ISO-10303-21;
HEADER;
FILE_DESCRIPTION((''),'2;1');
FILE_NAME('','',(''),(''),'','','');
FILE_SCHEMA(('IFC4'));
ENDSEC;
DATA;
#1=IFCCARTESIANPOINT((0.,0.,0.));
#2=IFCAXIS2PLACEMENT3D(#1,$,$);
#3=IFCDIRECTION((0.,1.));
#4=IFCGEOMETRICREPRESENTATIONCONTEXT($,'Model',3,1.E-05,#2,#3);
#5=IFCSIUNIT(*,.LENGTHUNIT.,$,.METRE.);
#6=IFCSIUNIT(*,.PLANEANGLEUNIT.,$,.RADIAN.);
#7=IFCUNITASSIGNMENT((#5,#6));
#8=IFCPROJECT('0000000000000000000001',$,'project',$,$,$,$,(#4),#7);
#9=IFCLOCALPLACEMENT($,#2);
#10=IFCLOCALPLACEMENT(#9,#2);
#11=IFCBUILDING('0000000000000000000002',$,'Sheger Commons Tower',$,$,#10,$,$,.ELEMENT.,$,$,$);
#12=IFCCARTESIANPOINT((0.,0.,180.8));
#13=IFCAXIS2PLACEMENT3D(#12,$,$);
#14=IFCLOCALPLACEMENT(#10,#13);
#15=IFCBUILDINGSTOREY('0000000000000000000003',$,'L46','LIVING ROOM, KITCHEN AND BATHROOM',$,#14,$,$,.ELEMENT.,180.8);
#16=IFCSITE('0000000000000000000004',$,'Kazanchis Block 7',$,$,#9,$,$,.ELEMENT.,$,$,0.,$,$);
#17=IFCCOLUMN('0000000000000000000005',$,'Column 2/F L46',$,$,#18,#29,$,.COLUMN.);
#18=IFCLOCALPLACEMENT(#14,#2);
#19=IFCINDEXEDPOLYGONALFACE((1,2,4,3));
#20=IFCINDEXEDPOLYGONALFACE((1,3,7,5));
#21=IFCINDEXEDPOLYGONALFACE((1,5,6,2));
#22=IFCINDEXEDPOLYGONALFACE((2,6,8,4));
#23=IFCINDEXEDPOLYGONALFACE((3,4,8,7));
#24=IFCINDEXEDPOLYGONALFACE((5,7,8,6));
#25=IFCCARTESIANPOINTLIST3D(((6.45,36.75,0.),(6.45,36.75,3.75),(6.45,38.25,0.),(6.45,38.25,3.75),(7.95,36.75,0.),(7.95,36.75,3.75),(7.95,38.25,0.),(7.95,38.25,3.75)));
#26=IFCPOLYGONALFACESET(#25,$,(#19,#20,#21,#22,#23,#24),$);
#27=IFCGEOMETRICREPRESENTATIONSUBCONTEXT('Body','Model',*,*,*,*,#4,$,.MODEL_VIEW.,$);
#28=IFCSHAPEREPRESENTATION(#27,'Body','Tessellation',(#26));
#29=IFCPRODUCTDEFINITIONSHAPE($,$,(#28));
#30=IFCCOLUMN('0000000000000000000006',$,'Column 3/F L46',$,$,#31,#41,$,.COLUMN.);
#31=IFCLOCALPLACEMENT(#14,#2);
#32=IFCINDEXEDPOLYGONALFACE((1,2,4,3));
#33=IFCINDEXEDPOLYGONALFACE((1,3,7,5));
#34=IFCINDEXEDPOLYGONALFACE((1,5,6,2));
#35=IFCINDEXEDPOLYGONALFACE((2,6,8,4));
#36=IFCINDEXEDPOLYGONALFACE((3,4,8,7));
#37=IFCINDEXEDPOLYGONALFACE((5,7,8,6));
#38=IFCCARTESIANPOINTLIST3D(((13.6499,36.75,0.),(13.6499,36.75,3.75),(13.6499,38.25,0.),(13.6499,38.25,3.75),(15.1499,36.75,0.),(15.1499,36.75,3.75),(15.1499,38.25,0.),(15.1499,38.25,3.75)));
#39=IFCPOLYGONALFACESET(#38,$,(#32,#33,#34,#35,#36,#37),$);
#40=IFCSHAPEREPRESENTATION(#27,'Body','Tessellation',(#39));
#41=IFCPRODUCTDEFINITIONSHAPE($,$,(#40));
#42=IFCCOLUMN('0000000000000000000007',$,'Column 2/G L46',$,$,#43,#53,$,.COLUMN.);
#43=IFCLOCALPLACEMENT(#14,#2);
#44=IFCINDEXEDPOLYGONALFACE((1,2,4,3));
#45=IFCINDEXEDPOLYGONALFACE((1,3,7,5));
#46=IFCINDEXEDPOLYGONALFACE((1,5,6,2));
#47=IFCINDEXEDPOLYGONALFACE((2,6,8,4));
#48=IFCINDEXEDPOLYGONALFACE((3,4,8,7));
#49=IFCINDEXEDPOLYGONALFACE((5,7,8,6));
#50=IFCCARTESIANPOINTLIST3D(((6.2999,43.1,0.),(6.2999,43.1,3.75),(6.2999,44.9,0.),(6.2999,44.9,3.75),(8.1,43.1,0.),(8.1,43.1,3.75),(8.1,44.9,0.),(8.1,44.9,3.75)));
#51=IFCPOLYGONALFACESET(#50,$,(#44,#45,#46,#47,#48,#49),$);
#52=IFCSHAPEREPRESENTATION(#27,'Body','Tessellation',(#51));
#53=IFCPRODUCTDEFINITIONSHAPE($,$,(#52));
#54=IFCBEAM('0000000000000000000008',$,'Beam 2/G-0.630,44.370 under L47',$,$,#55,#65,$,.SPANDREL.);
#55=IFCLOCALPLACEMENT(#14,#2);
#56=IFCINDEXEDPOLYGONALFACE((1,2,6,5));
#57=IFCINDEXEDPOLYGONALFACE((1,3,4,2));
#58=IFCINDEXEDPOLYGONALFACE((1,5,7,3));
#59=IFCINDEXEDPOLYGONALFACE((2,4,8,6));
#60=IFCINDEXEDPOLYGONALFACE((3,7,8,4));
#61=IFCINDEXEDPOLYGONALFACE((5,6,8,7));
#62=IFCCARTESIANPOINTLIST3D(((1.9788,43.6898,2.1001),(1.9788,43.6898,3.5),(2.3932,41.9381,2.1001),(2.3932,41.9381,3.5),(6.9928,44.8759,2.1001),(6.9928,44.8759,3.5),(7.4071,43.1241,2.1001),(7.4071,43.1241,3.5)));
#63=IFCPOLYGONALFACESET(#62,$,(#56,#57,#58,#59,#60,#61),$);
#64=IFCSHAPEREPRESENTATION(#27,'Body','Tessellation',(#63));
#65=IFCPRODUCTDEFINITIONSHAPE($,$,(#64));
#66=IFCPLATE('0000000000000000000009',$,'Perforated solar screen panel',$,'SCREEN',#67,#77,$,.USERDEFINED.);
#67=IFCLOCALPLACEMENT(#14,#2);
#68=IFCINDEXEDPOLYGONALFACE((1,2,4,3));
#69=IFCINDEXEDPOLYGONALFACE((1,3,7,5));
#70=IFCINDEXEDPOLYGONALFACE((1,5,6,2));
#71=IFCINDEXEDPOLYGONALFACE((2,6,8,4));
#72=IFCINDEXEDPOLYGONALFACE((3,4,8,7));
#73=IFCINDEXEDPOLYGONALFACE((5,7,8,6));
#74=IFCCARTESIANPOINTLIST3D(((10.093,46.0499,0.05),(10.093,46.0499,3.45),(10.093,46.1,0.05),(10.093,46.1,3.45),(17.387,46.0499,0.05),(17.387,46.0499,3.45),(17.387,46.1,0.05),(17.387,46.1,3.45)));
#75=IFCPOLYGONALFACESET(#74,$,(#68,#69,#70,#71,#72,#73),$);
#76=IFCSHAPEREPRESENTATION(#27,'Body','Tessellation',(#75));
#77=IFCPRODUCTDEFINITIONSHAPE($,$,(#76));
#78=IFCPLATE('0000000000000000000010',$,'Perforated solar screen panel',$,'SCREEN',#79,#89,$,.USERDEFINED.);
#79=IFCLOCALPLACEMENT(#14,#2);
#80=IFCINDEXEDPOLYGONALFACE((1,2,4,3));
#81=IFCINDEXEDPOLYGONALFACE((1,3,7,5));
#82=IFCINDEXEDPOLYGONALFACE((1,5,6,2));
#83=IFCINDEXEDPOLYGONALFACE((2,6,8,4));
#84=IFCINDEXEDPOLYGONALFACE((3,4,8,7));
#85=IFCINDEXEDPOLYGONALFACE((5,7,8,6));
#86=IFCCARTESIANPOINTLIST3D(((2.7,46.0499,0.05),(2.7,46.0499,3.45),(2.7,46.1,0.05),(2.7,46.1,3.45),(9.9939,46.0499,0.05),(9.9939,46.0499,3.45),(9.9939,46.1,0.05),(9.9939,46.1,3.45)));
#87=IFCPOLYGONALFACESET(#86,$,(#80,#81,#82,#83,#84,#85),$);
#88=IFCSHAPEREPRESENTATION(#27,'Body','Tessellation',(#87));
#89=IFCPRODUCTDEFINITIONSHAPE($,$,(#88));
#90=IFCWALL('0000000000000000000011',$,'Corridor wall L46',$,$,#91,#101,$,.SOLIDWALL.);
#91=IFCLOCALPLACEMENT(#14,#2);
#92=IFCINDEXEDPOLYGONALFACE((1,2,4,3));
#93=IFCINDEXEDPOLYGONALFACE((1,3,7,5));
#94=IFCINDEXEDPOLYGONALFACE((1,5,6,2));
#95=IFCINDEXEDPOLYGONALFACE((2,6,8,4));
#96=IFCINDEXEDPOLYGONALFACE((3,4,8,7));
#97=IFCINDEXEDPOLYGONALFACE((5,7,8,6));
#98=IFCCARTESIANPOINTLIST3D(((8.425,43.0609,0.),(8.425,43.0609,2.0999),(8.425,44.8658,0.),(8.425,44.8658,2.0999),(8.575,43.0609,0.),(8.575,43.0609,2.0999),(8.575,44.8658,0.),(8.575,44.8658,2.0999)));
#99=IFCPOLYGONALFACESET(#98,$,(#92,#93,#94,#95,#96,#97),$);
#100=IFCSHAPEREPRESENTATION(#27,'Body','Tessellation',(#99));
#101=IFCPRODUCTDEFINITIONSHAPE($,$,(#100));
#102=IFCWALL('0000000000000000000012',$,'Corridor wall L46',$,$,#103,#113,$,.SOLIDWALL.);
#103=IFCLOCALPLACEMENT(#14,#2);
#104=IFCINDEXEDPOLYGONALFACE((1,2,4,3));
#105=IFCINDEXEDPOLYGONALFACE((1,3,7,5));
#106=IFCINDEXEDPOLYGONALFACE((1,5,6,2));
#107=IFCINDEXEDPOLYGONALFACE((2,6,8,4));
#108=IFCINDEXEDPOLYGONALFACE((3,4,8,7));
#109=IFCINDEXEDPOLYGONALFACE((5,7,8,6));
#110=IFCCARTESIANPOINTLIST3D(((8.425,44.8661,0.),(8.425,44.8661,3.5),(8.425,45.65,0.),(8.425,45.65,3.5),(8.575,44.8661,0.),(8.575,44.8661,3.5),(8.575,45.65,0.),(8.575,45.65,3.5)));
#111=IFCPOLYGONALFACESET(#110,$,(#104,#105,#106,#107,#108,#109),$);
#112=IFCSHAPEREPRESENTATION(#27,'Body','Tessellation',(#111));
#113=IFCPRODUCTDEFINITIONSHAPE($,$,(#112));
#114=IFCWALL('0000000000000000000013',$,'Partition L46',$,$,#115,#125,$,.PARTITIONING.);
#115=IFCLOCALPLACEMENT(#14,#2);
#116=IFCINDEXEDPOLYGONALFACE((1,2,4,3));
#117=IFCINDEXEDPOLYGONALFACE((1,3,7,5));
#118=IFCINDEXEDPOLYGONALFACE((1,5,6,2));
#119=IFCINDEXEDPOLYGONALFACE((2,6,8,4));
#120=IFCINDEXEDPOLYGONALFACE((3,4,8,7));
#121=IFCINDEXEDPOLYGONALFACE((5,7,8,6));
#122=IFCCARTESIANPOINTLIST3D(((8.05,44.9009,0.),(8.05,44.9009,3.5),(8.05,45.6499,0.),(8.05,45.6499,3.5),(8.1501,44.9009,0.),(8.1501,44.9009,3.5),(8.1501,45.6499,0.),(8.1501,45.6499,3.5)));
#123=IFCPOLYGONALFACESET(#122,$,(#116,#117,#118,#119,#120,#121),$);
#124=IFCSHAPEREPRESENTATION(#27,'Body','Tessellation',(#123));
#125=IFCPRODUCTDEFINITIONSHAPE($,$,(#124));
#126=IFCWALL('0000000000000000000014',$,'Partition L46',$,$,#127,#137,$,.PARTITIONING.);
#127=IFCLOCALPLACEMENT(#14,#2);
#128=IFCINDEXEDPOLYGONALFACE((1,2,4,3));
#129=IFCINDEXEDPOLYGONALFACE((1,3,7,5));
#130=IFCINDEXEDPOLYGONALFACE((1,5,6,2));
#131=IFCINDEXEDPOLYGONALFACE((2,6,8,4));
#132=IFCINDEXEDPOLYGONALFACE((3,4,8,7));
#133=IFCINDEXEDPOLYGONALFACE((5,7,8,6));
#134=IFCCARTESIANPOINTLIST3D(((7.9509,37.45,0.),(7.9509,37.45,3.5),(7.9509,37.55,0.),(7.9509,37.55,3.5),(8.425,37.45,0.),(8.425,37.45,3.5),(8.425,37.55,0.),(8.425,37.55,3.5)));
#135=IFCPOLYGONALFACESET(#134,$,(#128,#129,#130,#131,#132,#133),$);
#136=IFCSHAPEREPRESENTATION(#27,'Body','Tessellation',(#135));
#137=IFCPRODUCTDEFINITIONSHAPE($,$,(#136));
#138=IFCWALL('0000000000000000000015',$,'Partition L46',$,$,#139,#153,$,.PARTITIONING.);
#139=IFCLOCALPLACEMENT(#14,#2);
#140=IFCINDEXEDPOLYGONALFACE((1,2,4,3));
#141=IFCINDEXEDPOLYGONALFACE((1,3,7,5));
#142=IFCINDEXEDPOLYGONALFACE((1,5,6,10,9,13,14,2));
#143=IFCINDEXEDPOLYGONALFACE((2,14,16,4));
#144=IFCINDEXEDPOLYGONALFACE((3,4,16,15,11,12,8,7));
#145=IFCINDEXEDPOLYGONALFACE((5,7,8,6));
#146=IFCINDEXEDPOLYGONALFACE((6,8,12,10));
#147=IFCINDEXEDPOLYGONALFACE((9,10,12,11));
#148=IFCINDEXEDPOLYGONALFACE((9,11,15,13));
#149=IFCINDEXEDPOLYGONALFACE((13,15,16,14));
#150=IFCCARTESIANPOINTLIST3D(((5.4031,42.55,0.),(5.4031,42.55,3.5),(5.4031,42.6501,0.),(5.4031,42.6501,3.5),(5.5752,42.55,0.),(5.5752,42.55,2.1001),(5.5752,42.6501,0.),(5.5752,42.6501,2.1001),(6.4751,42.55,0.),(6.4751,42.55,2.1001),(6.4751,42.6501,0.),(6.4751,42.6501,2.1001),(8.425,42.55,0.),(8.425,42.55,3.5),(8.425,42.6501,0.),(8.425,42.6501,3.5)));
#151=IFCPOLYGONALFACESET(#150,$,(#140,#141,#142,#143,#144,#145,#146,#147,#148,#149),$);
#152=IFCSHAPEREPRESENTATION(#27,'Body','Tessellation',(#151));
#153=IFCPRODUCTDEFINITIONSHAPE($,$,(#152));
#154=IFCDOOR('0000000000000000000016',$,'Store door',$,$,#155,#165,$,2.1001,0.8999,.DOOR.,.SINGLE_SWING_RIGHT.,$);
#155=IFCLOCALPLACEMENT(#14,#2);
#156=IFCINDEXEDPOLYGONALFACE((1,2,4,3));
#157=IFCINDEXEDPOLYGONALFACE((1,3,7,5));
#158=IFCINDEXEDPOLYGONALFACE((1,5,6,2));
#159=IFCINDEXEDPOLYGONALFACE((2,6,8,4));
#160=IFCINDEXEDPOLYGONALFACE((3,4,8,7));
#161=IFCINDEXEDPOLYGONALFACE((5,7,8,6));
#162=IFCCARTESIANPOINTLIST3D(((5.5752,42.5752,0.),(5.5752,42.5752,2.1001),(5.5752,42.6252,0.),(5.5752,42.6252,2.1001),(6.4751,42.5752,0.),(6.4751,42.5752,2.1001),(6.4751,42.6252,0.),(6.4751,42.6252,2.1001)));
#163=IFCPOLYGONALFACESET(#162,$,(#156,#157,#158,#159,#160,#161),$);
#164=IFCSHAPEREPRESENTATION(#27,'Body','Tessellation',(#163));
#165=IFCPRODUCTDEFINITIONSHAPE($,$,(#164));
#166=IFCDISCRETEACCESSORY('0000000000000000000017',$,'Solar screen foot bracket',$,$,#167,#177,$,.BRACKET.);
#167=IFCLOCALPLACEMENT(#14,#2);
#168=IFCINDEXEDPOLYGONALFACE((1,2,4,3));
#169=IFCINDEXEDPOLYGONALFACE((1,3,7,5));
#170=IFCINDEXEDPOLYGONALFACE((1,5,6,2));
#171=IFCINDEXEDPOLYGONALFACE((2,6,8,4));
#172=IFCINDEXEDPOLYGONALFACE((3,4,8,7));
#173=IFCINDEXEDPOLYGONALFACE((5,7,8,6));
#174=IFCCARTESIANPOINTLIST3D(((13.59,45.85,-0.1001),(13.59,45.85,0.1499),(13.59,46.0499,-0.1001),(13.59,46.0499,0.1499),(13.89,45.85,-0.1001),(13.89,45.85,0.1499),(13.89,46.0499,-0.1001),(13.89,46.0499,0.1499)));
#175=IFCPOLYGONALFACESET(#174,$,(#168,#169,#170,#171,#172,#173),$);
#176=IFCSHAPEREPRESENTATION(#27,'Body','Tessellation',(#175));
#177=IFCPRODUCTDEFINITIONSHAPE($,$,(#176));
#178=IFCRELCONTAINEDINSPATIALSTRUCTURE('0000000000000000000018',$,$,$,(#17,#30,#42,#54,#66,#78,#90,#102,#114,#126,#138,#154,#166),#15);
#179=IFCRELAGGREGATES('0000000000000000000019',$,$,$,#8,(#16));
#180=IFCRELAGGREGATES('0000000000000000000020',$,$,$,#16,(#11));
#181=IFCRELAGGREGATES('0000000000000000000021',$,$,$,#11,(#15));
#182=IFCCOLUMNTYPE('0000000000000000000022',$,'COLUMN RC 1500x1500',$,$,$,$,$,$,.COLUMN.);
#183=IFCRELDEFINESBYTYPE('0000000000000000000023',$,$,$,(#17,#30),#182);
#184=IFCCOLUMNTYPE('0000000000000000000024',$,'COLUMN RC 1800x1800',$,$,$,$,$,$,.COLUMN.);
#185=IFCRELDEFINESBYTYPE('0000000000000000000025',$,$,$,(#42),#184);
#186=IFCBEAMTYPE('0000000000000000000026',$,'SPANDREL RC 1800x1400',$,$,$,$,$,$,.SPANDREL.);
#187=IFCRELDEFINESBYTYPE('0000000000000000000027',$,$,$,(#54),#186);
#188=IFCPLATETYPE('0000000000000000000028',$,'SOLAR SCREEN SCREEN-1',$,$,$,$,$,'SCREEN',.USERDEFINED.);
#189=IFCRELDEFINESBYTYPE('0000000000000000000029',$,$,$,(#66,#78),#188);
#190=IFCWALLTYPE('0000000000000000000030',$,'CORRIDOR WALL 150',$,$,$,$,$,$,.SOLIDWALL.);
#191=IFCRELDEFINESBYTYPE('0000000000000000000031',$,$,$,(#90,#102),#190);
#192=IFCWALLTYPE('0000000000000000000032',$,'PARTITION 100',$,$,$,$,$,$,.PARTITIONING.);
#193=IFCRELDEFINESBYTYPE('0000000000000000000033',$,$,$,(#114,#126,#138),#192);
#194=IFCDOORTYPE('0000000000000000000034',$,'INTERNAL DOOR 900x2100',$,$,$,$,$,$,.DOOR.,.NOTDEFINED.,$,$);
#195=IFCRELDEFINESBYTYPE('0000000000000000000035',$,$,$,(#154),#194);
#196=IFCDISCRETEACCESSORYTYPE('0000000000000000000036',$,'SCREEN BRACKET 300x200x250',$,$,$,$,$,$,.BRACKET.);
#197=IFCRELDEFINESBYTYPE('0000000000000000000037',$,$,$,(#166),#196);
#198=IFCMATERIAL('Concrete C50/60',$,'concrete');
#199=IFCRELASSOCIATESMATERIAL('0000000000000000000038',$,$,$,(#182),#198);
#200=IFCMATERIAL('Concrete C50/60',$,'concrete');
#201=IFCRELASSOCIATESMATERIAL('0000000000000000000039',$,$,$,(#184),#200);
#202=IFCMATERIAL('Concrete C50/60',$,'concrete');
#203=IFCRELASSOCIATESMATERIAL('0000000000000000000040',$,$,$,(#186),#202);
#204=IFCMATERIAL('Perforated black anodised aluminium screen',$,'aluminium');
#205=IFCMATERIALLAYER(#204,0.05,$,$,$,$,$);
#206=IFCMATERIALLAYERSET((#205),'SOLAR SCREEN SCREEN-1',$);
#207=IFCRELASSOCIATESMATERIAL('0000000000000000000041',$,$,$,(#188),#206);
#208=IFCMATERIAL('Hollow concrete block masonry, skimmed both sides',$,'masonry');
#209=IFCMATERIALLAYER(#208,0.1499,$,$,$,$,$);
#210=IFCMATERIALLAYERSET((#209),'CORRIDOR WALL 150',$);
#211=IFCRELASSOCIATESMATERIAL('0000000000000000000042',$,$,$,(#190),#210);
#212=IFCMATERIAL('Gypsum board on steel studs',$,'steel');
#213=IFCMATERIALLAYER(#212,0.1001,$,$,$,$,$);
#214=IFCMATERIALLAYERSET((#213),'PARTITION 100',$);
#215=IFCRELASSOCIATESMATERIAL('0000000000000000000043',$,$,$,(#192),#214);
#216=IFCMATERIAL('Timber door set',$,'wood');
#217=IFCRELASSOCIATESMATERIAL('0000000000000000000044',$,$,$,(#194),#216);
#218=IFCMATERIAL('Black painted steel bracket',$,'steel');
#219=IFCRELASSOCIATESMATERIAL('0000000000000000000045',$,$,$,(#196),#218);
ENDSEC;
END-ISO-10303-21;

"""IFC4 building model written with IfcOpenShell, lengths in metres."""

from ifc_helpers import new_model, si_unit, direction, frame, frame_2d, origin, origin_2d, place, context, subcontext, project, spatial, rectangle, extrude, material, layer, layer_set, material_profile, profile_set, type_object, element, fill, save


model = new_model("IFC4")

# Units and contexts
model_context = context("Model", 3, precision=1e-05, world=origin(), true_north=direction((0.0, 1.0)))
body_context = subcontext(model_context, "Body", "Model", "MODEL_VIEW")
ifc_project = project(units=[si_unit("LENGTHUNIT", "METRE"), si_unit("PLANEANGLEUNIT", "RADIAN")], contexts=[model_context])

# Site, building, storey
site_placement = place(None, origin())
site = spatial("IfcSite", under=ifc_project, at=site_placement, Name="Kazanchis Block 7", CompositionType="ELEMENT", RefElevation=0.0)
building_placement = place(site_placement, origin())
building = spatial("IfcBuilding", under=site, at=building_placement, Name="Sheger Commons Tower", CompositionType="ELEMENT")
storey_placement = place(building_placement, frame((0.0, 0.0, 180.8)))
storey = spatial("IfcBuildingStorey", under=building, at=storey_placement, Name="L46", Description="LIVING ROOM, KITCHEN AND BATHROOM", CompositionType="ELEMENT", Elevation=180.8)

# Columns
ifc_material_1 = material(Name="Concrete C50/60", Category="concrete")
ifc_material_profile_1 = material_profile(ifc_material_1, rectangle(XDim=1.5, YDim=1.5, at=origin_2d()), Name="RC 1500x1500")
ifc_profile_set_1 = profile_set([ifc_material_profile_1], Name="Concrete C50/60")
column_type_1 = type_object("IfcColumnType", Name="COLUMN RC 1500x1500", PredefinedType="COLUMN", material=ifc_profile_set_1)
for number, where, z_axis, x_axis, name in (
    (1, (7.2, 37.5, 0.0), (0.0, 0.0, 1.0), (1.0, 0.0, 0.0), "Column 2/F L46"),
    (2, (14.3999, 37.5, 0.0), (0.0, 0.0, 1.0), (1.0, 0.0, 0.0), "Column 3/F L46"),
):
    element("IfcColumn", number, at=place(storey_placement, frame(where, z_axis=z_axis, x_axis=x_axis)), inside=storey, type_object=column_type_1, Name=name, PredefinedType="COLUMN", context=body_context, shape_type="SweptSolid", body=[
        extrude(rectangle(XDim=1.5, YDim=1.5, at=origin_2d()), origin(), (0.0, 0.0, 1.0), 3.75),
    ])
ifc_material_2 = material(Name="Concrete C50/60", Category="concrete")
ifc_material_profile_2 = material_profile(ifc_material_2, rectangle(XDim=1.8, YDim=1.8, at=origin_2d()), Name="RC 1800x1800")
ifc_profile_set_2 = profile_set([ifc_material_profile_2], Name="Concrete C50/60")
column_type_2 = type_object("IfcColumnType", Name="COLUMN RC 1800x1800", PredefinedType="COLUMN", material=ifc_profile_set_2)
column_placement = place(storey_placement, frame((7.2, 44.0, 0.0), z_axis=(0.0, 0.0, 1.0), x_axis=(1.0, 0.0, 0.0)))
element("IfcColumn", 3, at=column_placement, inside=storey, type_object=column_type_2, Name="Column 2/G L46", PredefinedType="COLUMN", context=body_context, shape_type="SweptSolid", body=[
    extrude(rectangle(XDim=1.8, YDim=1.8, at=origin_2d()), origin(), (0.0, 0.0, 1.0), 3.75),
])

# Beam
ifc_material_3 = material(Name="Concrete C50/60", Category="concrete")
ifc_material_profile_3 = material_profile(ifc_material_3, rectangle(XDim=1.8, YDim=1.3999, at=origin_2d()), Name="RC 1800x1400")
ifc_profile_set_3 = profile_set([ifc_material_profile_3], Name="Concrete C50/60")
beam_type = type_object("IfcBeamType", Name="SPANDREL RC 1800x1400", PredefinedType="SPANDREL", material=ifc_profile_set_3)
beam_placement = place(storey_placement, frame((7.2, 44.0, 2.8), z_axis=(-0.973144, -0.230196, 0.0), x_axis=(0.230196, -0.973144, 0.0)))
element("IfcBeam", 4, at=beam_placement, inside=storey, type_object=beam_type, Name="Beam 2/G-0.630,44.370 under L47", PredefinedType="SPANDREL", context=body_context, shape_type="SweptSolid", body=[
    extrude(rectangle(XDim=1.8, YDim=1.3999, at=origin_2d()), origin(), (0.0, 0.0, 1.0), 5.1523),
])

# Plates
ifc_material_4 = material(Name="Perforated black anodised aluminium screen", Category="aluminium")
ifc_layer_1 = layer(ifc_material_4, 0.05)
ifc_layer_set_1 = layer_set([ifc_layer_1], Name="SOLAR SCREEN SCREEN-1")
plate_type = type_object("IfcPlateType", Name="SOLAR SCREEN SCREEN-1", ElementType="SCREEN", PredefinedType="USERDEFINED", material=ifc_layer_set_1)
for number, where, z_axis, x_axis, name in (
    (5, (13.74, 46.075, 0.05), (0.0, 0.0, 1.0), (-1.0, 0.0, 0.0), "Perforated solar screen panel"),
    (6, (6.3469, 46.075, 0.05), (0.0, 0.0, 1.0), (-1.0, 0.0, 0.0), "Perforated solar screen panel"),
):
    element("IfcPlate", number, at=place(storey_placement, frame(where, z_axis=z_axis, x_axis=x_axis)), inside=storey, type_object=plate_type, Name=name, ObjectType="SCREEN", PredefinedType="USERDEFINED", context=body_context, shape_type="SweptSolid", body=[
        extrude(rectangle(XDim=7.2939, YDim=0.05, at=origin_2d()), origin(), (0.0, 0.0, 1.0), 3.3999),
    ])

# Walls
ifc_material_5 = material(Name="Hollow concrete block masonry, skimmed both sides", Category="masonry")
ifc_layer_2 = layer(ifc_material_5, 0.1499)
ifc_layer_set_2 = layer_set([ifc_layer_2], Name="CORRIDOR WALL 150")
wall_type_1 = type_object("IfcWallType", Name="CORRIDOR WALL 150", PredefinedType="SOLIDWALL", material=ifc_layer_set_2)
wall_1_placement = place(storey_placement, frame((8.5, 43.061, 0.0), z_axis=(0.0, 0.0, 1.0), x_axis=(0.0, 1.0, 0.0)))
element("IfcWall", 7, at=wall_1_placement, inside=storey, type_object=wall_type_1, Name="Corridor wall L46", PredefinedType="SOLIDWALL", context=body_context, shape_type="SweptSolid", body=[
    extrude(rectangle(XDim=1.8049, YDim=0.1499, at=frame_2d((0.9023, 0.0))), origin(), (0.0, 0.0, 1.0), 2.0999),
])
wall_2_placement = place(storey_placement, frame((8.5, 44.866, 0.0), z_axis=(0.0, 0.0, 1.0), x_axis=(0.0, 1.0, 0.0)))
element("IfcWall", 8, at=wall_2_placement, inside=storey, type_object=wall_type_1, Name="Corridor wall L46", PredefinedType="SOLIDWALL", context=body_context, shape_type="SweptSolid", body=[
    extrude(rectangle(XDim=0.7839, YDim=0.1499, at=frame_2d((0.3921, 0.0))), origin(), (0.0, 0.0, 1.0), 3.5),
])
ifc_material_6 = material(Name="Gypsum board on steel studs", Category="steel")
ifc_layer_3 = layer(ifc_material_6, 0.1001)
ifc_layer_set_3 = layer_set([ifc_layer_3], Name="PARTITION 100")
wall_type_2 = type_object("IfcWallType", Name="PARTITION 100", PredefinedType="PARTITIONING", material=ifc_layer_set_3)
wall_3_placement = place(storey_placement, frame((8.1001, 45.6499, 0.0), z_axis=(0.0, 0.0, 1.0), x_axis=(0.0, -1.0, 0.0)))
element("IfcWall", 9, at=wall_3_placement, inside=storey, type_object=wall_type_2, Name="Partition L46", PredefinedType="PARTITIONING", context=body_context, shape_type="SweptSolid", body=[
    extrude(rectangle(XDim=0.749, YDim=0.1001, at=frame_2d((0.3745, 0.0))), origin(), (0.0, 0.0, 1.0), 3.5),
])
wall_4_placement = place(storey_placement, frame((7.9509, 37.5, 0.0), z_axis=(0.0, 0.0, 1.0), x_axis=(1.0, 0.0, 0.0)))
element("IfcWall", 10, at=wall_4_placement, inside=storey, type_object=wall_type_2, Name="Partition L46", PredefinedType="PARTITIONING", context=body_context, shape_type="SweptSolid", body=[
    extrude(rectangle(XDim=0.4741, YDim=0.1001, at=frame_2d((0.2371, 0.0))), origin(), (0.0, 0.0, 1.0), 3.5),
])

# Wall, opening, door
wall_5_placement = place(storey_placement, frame((8.425, 42.6001, 0.0), z_axis=(0.0, 0.0, 1.0), x_axis=(-1.0, 0.0, 0.0)))
wall_5 = element("IfcWall", 11, at=wall_5_placement, inside=storey, type_object=wall_type_2, Name="Partition L46", PredefinedType="PARTITIONING", context=body_context, shape_type="SweptSolid", body=[
    extrude(rectangle(XDim=3.022, YDim=0.1001, at=frame_2d((1.511, 0.0))), origin(), (0.0, 0.0, 1.0), 3.5),
])
opening_placement = place(wall_5_placement, frame((1.95, 0.0, 0.0)))
opening = element("IfcOpeningElement", 12, at=opening_placement, cuts=wall_5, PredefinedType="OPENING", context=body_context, shape_type="SweptSolid", body=[
    extrude(rectangle(XDim=0.8999, YDim=2.1001, at=frame_2d((0.45, 1.05))), frame((0.0, 0.0601, 0.0), z_axis=(0.0, -1.0, 0.0), x_axis=(1.0, 0.0, 0.0)), (0.0, 0.0, 1.0), 0.1201),
])
ifc_material_7 = material(Name="Timber door set", Category="wood")
door_type = type_object("IfcDoorType", Name="INTERNAL DOOR 900x2100", OperationType="NOTDEFINED", PredefinedType="DOOR", material=ifc_material_7)
door_placement = place(opening_placement, origin())
door = element("IfcDoor", 13, at=door_placement, inside=storey, type_object=door_type, Name="Store door", OperationType="SINGLE_SWING_RIGHT", OverallHeight=2.1001, OverallWidth=0.8999, PredefinedType="DOOR", context=body_context, shape_type="SweptSolid", body=[
    extrude(rectangle(XDim=0.8999, YDim=2.1001, at=frame_2d((0.45, 1.05))), frame((0.0, 0.0249, 0.0), z_axis=(0.0, -1.0, 0.0), x_axis=(1.0, 0.0, 0.0)), (0.0, 0.0, 1.0), 0.05),
])
fill(opening, door)

# Discrete accessory
ifc_material_8 = material(Name="Black painted steel bracket", Category="steel")
discrete_accessory_type = type_object("IfcDiscreteAccessoryType", Name="SCREEN BRACKET 300x200x250", PredefinedType="BRACKET", material=ifc_material_8)
for number, where, z_axis, x_axis, name in (
    (14, (13.74, 45.95, -0.1001), (0.0, 0.0, 1.0), (-1.0, 0.0, 0.0), "Solar screen foot bracket"),
):
    element("IfcDiscreteAccessory", number, at=place(storey_placement, frame(where, z_axis=z_axis, x_axis=x_axis)), inside=storey, type_object=discrete_accessory_type, Name=name, PredefinedType="BRACKET", context=body_context, shape_type="SweptSolid", body=[
        extrude(rectangle(XDim=0.3, YDim=0.2, at=origin_2d()), origin(), (0.0, 0.0, 1.0), 0.25),
    ])

save(model, "model.ifc")
